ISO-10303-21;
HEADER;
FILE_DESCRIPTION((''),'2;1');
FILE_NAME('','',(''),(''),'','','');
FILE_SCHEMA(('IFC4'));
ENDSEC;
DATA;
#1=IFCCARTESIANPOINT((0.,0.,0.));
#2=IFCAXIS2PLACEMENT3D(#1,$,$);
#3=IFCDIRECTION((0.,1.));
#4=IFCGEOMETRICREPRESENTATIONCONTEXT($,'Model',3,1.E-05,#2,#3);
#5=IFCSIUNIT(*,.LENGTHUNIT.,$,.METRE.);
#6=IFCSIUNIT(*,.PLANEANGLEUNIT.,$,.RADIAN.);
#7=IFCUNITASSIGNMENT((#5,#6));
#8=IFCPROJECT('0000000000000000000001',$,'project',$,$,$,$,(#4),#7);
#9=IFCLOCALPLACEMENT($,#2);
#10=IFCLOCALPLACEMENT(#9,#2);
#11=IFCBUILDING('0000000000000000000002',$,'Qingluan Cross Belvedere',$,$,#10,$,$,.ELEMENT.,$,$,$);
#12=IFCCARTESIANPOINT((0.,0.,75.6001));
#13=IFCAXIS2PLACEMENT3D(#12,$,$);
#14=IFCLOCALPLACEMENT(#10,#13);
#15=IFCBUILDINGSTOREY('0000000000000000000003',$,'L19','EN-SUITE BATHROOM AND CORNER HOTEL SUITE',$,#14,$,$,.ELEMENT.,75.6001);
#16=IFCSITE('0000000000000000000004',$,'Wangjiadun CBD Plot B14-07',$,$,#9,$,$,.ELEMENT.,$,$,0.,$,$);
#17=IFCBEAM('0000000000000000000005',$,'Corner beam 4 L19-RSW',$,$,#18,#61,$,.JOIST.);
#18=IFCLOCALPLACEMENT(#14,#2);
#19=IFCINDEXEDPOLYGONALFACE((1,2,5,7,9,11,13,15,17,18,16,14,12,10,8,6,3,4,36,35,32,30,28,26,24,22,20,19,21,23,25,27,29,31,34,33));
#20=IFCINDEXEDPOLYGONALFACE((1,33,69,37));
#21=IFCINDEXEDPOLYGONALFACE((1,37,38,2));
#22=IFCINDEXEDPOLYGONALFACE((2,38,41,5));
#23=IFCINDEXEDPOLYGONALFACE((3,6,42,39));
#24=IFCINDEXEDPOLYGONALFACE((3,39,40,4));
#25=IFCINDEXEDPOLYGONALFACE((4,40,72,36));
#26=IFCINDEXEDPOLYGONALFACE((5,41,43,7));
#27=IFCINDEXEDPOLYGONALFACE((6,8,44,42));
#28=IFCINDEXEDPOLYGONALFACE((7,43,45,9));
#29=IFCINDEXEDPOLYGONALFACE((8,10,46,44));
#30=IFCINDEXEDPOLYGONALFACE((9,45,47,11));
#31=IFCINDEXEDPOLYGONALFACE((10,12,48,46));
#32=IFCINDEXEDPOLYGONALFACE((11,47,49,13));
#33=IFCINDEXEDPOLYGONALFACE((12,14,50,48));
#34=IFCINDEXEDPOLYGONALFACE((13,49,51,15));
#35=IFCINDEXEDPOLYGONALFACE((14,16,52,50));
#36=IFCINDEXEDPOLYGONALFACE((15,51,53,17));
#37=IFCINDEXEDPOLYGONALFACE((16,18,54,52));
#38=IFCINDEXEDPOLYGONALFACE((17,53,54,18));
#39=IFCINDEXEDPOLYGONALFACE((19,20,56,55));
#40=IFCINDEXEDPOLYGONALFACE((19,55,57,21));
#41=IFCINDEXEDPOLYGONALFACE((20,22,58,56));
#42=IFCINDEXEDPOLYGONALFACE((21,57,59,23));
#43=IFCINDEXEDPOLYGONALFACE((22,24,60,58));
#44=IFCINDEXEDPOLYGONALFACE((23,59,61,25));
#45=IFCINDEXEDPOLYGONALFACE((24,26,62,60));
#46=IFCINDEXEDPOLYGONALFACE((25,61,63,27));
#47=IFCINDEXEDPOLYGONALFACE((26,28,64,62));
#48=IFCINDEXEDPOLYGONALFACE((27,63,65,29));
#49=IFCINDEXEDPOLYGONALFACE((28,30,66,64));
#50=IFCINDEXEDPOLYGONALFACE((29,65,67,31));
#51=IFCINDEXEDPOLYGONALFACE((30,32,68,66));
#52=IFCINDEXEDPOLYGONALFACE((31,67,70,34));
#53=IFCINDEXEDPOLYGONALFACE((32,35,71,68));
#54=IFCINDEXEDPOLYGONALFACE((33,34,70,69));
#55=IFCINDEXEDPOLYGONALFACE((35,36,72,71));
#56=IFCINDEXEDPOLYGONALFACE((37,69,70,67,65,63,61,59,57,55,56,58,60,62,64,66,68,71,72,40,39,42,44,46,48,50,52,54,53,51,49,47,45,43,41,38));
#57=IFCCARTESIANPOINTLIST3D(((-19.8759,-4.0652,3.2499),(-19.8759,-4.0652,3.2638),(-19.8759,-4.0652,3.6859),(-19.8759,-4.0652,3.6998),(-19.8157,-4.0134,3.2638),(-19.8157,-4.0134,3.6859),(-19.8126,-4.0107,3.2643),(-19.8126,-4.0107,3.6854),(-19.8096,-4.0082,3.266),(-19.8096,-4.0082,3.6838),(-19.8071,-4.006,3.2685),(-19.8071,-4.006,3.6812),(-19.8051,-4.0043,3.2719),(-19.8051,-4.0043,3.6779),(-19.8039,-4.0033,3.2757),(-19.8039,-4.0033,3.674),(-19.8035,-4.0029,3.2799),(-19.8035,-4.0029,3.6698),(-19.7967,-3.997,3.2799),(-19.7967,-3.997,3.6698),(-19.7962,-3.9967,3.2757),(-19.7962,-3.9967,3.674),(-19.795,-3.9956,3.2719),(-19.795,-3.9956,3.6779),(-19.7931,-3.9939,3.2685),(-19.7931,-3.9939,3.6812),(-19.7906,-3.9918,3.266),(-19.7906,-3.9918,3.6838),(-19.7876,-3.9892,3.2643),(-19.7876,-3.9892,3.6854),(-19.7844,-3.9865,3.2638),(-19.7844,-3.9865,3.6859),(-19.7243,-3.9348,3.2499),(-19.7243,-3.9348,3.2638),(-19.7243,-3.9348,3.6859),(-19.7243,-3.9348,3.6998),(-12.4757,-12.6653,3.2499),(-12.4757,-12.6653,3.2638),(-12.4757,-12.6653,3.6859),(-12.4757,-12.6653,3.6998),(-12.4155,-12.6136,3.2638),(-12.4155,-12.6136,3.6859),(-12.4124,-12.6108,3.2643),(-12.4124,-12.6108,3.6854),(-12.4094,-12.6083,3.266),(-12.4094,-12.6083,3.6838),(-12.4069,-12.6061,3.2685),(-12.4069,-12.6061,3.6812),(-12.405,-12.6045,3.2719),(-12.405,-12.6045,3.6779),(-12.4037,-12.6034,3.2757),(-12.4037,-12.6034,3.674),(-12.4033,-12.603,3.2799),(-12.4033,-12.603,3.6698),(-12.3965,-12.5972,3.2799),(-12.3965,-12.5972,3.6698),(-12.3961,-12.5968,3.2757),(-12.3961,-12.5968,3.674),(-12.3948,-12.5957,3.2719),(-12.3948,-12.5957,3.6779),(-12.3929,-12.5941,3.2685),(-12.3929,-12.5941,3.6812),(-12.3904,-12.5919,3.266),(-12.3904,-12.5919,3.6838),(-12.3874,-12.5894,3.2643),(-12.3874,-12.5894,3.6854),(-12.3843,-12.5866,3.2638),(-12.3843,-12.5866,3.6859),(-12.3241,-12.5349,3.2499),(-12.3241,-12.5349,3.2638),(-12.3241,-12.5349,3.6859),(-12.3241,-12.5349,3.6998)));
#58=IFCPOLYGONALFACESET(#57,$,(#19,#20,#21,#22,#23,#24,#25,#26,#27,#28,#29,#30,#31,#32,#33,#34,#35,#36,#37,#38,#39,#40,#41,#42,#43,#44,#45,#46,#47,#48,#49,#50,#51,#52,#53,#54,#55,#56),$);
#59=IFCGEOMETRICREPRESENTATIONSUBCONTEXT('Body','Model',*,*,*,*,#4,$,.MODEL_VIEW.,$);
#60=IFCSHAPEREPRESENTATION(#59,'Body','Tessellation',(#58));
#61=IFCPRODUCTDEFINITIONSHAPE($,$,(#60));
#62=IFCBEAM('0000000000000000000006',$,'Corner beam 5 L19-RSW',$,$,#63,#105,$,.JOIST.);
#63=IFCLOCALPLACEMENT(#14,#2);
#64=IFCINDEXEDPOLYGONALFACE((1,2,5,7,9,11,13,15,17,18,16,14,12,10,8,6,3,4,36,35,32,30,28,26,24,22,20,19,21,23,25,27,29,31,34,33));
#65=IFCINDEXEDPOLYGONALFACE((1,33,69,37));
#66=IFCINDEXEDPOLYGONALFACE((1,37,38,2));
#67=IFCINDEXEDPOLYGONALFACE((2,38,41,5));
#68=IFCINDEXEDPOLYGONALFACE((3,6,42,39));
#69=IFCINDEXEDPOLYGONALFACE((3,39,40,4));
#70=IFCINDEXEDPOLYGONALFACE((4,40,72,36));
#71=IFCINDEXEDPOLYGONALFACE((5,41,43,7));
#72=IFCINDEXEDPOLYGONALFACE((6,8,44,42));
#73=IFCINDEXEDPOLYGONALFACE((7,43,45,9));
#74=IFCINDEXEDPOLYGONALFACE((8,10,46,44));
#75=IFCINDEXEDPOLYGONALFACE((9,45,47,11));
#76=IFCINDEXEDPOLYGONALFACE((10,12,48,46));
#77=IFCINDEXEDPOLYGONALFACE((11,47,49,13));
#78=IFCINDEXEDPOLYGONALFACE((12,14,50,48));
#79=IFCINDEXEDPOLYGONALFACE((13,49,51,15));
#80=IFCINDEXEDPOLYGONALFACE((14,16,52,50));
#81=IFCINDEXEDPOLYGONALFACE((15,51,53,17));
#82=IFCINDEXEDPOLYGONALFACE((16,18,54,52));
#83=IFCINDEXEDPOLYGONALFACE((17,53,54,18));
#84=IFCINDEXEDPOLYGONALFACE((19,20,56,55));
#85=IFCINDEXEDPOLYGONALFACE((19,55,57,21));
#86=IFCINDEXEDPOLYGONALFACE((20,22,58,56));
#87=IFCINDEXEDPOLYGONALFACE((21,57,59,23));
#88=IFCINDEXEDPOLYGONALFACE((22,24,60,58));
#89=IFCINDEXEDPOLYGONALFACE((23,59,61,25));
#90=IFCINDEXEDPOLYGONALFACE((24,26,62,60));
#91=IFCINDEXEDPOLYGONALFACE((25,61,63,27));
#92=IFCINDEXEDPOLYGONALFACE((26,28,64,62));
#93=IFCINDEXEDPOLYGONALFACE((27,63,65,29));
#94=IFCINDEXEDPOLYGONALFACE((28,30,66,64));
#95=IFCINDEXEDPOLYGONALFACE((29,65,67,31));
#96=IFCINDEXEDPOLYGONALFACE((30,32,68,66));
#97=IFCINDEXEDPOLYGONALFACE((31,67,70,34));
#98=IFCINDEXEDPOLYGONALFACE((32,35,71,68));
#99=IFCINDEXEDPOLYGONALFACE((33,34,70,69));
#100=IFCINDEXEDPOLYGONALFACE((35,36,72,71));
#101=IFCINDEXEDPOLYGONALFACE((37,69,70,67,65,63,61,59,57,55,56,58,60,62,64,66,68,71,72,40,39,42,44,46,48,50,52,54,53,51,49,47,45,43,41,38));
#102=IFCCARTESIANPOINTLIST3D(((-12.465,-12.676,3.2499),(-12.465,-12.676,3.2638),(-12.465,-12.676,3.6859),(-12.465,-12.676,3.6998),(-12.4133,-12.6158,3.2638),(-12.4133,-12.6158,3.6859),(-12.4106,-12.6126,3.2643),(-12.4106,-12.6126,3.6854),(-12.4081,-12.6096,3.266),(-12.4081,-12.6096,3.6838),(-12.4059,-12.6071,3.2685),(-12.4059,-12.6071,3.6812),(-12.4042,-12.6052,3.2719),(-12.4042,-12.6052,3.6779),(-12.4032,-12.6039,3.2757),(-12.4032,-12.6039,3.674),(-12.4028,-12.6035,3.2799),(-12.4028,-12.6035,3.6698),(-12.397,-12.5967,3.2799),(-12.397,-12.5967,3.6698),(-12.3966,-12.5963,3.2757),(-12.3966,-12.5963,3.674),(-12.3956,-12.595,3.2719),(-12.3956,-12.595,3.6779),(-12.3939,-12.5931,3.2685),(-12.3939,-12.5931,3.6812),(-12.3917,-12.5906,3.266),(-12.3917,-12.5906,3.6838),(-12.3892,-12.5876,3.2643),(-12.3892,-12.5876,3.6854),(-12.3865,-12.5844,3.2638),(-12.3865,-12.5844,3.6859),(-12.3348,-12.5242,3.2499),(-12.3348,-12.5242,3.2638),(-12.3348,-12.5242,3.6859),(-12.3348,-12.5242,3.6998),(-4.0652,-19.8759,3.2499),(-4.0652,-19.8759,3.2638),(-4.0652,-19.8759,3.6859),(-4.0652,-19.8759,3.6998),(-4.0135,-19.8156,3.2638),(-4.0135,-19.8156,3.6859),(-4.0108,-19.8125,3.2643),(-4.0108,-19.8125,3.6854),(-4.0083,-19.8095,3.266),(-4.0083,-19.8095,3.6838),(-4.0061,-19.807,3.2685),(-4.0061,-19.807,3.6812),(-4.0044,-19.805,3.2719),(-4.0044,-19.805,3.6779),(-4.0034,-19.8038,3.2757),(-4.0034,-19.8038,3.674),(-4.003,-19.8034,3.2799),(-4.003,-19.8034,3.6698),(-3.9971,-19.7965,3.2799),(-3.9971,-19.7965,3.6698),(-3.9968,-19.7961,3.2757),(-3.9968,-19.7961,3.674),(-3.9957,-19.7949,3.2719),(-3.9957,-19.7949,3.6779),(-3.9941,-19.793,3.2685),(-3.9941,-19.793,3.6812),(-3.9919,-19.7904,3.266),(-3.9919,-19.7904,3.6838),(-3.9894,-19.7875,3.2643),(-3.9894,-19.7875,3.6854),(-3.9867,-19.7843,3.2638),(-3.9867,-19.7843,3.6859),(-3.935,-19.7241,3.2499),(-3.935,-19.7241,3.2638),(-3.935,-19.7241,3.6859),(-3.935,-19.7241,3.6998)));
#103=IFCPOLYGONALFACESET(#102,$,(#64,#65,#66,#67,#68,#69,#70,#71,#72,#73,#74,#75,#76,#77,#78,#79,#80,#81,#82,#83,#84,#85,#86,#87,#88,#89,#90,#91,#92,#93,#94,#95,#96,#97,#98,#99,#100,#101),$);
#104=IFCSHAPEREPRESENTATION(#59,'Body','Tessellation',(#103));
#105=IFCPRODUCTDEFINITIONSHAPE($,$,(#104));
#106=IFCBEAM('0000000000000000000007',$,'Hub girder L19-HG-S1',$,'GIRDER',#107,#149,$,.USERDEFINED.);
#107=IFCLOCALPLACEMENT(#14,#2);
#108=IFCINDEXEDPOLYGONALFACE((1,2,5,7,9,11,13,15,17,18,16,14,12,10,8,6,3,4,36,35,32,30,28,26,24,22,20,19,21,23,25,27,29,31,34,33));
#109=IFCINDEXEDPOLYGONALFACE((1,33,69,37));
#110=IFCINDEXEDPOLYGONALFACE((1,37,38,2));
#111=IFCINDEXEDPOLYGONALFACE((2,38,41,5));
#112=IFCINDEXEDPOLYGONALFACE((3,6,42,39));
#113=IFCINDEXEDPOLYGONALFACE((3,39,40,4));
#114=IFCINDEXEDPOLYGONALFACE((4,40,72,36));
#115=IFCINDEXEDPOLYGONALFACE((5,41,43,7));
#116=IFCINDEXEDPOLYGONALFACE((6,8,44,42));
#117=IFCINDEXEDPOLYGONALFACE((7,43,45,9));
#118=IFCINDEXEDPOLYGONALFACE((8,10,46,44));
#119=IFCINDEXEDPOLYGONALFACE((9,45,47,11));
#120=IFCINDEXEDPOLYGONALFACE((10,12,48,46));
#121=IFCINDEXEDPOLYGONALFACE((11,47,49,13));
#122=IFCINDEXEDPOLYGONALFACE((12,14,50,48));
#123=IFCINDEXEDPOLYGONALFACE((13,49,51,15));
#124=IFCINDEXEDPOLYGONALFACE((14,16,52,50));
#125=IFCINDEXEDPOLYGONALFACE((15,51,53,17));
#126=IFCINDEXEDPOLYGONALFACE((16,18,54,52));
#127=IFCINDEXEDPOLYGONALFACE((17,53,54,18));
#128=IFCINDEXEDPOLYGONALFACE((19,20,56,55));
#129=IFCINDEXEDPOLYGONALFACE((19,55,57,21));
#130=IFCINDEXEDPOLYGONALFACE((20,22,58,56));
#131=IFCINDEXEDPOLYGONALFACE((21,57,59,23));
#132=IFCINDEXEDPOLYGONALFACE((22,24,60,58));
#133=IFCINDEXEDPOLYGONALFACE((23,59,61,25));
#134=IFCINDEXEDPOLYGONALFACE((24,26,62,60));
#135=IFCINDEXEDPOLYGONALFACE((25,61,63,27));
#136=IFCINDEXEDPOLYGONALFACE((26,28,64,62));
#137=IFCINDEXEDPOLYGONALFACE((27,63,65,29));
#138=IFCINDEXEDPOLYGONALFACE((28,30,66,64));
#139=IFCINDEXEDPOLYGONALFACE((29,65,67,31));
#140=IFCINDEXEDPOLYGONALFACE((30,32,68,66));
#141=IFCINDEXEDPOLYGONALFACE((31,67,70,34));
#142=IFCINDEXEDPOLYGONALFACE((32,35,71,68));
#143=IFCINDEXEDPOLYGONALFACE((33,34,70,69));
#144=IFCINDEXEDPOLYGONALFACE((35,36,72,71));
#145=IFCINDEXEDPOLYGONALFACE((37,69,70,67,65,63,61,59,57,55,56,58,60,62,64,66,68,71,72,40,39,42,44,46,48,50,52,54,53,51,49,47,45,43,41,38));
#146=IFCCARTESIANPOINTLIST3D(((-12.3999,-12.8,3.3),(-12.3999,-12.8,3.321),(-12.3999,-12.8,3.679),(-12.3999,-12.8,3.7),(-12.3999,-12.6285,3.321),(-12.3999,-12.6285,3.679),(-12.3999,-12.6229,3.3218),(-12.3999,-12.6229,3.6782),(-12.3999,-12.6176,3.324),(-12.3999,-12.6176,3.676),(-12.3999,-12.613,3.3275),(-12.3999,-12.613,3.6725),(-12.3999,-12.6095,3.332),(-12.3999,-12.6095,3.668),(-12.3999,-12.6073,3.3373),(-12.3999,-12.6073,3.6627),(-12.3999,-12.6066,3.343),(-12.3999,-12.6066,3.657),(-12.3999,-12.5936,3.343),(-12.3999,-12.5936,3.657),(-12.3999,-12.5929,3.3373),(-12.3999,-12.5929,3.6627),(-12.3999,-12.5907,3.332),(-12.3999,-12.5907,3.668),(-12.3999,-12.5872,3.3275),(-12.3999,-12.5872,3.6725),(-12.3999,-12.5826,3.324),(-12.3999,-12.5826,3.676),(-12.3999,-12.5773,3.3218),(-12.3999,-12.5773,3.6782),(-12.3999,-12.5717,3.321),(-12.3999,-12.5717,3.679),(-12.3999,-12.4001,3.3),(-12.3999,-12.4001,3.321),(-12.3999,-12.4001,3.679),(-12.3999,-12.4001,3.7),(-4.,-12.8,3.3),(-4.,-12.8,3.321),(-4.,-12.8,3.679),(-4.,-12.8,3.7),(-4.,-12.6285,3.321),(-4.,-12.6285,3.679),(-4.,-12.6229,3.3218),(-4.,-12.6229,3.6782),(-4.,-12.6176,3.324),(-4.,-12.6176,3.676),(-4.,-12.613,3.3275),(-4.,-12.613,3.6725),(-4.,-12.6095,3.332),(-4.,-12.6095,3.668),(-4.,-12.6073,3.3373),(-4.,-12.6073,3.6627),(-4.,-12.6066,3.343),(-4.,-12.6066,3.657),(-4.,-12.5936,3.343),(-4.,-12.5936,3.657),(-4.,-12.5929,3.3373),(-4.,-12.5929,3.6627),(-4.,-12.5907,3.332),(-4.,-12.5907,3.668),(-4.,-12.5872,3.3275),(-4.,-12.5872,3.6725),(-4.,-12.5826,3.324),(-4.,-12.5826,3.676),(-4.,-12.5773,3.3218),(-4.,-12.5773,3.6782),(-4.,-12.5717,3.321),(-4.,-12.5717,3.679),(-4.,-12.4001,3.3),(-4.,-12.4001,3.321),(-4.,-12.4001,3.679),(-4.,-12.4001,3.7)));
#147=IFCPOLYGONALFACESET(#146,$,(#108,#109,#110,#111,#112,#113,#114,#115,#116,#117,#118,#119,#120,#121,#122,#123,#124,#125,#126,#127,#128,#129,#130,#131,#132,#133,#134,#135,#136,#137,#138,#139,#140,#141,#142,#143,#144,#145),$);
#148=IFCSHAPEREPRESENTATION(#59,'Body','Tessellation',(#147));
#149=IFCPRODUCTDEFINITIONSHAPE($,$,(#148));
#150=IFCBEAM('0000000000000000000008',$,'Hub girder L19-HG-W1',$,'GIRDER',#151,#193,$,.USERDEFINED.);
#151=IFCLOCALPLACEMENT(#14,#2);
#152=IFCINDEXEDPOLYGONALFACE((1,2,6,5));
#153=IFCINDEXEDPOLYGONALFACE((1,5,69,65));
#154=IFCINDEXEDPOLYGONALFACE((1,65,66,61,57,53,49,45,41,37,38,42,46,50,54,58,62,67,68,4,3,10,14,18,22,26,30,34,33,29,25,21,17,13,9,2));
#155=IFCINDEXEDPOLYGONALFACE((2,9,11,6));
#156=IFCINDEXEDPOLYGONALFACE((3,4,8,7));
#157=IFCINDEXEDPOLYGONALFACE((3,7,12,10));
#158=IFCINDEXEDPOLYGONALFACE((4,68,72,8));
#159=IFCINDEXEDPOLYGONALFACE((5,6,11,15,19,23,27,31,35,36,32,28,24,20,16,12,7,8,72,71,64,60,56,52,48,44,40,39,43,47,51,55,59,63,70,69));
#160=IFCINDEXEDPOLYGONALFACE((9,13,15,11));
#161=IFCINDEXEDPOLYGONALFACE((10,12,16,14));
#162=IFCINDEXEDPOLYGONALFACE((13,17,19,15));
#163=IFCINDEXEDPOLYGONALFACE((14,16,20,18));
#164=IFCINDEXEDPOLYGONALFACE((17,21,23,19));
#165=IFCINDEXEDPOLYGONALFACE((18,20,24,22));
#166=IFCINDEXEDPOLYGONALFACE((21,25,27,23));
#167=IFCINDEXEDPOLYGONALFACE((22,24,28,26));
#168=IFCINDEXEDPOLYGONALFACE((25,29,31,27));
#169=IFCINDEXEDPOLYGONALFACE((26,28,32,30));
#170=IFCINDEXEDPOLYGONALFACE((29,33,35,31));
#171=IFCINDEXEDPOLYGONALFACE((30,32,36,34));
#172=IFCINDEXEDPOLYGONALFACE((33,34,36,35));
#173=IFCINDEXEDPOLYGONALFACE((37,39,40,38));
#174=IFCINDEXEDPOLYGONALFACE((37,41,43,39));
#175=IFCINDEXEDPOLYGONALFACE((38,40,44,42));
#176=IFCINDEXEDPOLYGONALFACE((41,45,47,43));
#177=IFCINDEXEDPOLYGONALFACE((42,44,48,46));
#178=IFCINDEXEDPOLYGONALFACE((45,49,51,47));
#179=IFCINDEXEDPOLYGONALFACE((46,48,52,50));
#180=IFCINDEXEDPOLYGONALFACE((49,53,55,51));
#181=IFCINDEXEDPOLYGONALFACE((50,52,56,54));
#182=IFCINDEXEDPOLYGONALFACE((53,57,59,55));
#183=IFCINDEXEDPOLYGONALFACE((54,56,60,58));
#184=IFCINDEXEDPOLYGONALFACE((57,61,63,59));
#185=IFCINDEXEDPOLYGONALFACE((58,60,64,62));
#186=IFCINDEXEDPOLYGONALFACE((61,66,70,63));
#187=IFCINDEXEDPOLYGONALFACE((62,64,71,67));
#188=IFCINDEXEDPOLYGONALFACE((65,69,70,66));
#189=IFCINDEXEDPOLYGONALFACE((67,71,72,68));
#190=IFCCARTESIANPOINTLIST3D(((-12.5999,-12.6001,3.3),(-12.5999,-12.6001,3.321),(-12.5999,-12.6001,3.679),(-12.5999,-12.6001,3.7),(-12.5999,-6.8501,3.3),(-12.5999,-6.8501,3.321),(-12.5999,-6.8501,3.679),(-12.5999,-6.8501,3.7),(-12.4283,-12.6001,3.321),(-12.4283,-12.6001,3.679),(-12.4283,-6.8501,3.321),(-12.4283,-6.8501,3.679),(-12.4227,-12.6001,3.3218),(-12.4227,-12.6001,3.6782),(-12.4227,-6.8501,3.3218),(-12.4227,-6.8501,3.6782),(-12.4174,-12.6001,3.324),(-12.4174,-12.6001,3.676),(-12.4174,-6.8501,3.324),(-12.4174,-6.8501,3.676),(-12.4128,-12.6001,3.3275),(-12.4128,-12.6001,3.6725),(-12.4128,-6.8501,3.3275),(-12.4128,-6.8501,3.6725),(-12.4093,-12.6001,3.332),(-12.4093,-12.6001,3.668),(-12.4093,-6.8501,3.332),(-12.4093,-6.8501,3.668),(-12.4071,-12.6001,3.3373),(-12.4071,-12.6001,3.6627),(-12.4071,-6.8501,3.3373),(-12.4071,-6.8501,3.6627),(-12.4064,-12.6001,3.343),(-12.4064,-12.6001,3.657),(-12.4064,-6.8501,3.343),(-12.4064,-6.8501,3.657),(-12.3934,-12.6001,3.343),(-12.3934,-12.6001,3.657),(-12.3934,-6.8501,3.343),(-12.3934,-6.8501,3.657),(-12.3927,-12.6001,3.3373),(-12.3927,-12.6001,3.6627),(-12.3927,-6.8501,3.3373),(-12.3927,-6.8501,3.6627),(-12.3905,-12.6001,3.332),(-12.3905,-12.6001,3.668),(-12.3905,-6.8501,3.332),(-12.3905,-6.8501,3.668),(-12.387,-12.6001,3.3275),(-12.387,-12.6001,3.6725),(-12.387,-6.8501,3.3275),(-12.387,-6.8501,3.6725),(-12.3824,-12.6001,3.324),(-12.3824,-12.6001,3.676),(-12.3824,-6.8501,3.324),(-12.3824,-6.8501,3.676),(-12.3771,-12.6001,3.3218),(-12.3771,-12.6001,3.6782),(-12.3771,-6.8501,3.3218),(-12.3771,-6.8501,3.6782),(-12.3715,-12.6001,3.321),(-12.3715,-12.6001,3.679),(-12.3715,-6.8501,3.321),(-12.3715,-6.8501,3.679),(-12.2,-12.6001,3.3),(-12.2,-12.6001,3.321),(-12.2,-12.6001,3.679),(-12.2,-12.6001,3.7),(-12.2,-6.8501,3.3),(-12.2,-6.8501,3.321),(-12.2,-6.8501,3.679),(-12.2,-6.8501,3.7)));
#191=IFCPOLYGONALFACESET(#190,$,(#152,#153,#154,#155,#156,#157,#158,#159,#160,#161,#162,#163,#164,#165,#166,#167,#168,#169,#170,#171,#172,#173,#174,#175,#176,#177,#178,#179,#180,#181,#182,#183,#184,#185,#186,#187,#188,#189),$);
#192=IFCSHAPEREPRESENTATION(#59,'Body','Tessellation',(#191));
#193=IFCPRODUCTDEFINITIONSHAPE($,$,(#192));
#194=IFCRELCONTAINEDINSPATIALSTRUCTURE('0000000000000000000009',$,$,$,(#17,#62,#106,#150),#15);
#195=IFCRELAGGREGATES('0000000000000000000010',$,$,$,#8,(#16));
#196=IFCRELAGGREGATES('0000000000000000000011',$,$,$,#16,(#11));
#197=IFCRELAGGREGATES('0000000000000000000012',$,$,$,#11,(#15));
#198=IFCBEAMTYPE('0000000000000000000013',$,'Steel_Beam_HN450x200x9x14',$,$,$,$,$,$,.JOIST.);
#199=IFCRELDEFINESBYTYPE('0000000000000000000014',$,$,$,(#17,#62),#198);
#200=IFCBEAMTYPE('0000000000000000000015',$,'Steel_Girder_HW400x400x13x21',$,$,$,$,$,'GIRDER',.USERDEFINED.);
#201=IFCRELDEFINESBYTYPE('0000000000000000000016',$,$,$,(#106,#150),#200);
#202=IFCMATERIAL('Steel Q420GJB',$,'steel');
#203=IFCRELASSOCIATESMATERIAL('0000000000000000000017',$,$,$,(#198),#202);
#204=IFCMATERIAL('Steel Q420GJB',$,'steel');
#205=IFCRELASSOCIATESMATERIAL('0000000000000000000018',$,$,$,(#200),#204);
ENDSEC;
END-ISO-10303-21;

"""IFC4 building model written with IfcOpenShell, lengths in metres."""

from ifc_helpers import new_model, si_unit, direction, frame, origin, origin_2d, place, context, subcontext, project, spatial, i_section, extrude, material, material_profile, profile_set, type_object, element, save


model = new_model("IFC4")

# Units and contexts
model_context = context("Model", 3, precision=1e-05, world=origin(), true_north=direction((0.0, 1.0)))
body_context = subcontext(model_context, "Body", "Model", "MODEL_VIEW")
ifc_project = project(units=[si_unit("LENGTHUNIT", "METRE"), si_unit("PLANEANGLEUNIT", "RADIAN")], contexts=[model_context])

# Site, building, storey
site_placement = place(None, origin())
site = spatial("IfcSite", under=ifc_project, at=site_placement, Name="Wangjiadun CBD Plot B14-07", CompositionType="ELEMENT", RefElevation=0.0)
building_placement = place(site_placement, origin())
building = spatial("IfcBuilding", under=site, at=building_placement, Name="Qingluan Cross Belvedere", CompositionType="ELEMENT")
storey_placement = place(building_placement, frame((0.0, 0.0, 75.6001)))
storey = spatial("IfcBuildingStorey", under=building, at=storey_placement, Name="L19", Description="EN-SUITE BATHROOM AND CORNER HOTEL SUITE", CompositionType="ELEMENT", Elevation=75.6001)

# Beams
ifc_material_1 = material(Name="Steel Q420GJB", Category="steel")
ifc_material_profile_1 = material_profile(ifc_material_1, i_section(OverallWidth=0.2, OverallDepth=0.45, WebThickness=0.009, FlangeThickness=0.0139, FilletRadius=0.0161, at=origin_2d()), Name="HN450x200x9x14")
ifc_profile_set_1 = profile_set([ifc_material_profile_1], Name="Steel Q420GJB")
beam_type_1 = type_object("IfcBeamType", Name="Steel_Beam_HN450x200x9x14", PredefinedType="JOIST", material=ifc_profile_set_1)
beam_1_placement = place(storey_placement, frame((-12.3999, -12.6001, 3.4749), z_axis=(-0.652245, 0.758008, 0.0), x_axis=(-0.758008, -0.652245, 0.0)))
element("IfcBeam", 1, at=beam_1_placement, inside=storey, type_object=beam_type_1, Name="Corner beam 4 L19-RSW", PredefinedType="JOIST", context=body_context, shape_type="SweptSolid", body=[
    extrude(i_section(OverallWidth=0.2, OverallDepth=0.45, WebThickness=0.009, FlangeThickness=0.0139, FilletRadius=0.0161, at=origin_2d()), origin(), (0.0, 0.0, 1.0), 11.3457),
])
beam_2_placement = place(storey_placement, frame((-12.3999, -12.6001, 3.4749), z_axis=(0.759255, -0.650793, 0.0), x_axis=(0.650793, 0.759255, 0.0)))
element("IfcBeam", 2, at=beam_2_placement, inside=storey, type_object=beam_type_1, Name="Corner beam 5 L19-RSW", PredefinedType="JOIST", context=body_context, shape_type="SweptSolid", body=[
    extrude(i_section(OverallWidth=0.2, OverallDepth=0.45, WebThickness=0.009, FlangeThickness=0.0139, FilletRadius=0.0161, at=origin_2d()), origin(), (0.0, 0.0, 1.0), 11.0632),
])
ifc_material_2 = material(Name="Steel Q420GJB", Category="steel")
ifc_material_profile_2 = material_profile(ifc_material_2, i_section(OverallWidth=0.3999, OverallDepth=0.3999, WebThickness=0.0129, FlangeThickness=0.021, FilletRadius=0.022, at=origin_2d()), Name="HW400x400x13x21")
ifc_profile_set_2 = profile_set([ifc_material_profile_2], Name="Steel Q420GJB")
beam_type_2 = type_object("IfcBeamType", Name="Steel_Girder_HW400x400x13x21", ElementType="GIRDER", PredefinedType="USERDEFINED", material=ifc_profile_set_2)
beam_3_placement = place(storey_placement, frame((-12.3999, -12.6001, 3.5), z_axis=(1.0, 0.0, 0.0), x_axis=(0.0, 1.0, 0.0)))
element("IfcBeam", 3, at=beam_3_placement, inside=storey, type_object=beam_type_2, Name="Hub girder L19-HG-S1", ObjectType="GIRDER", PredefinedType="USERDEFINED", context=body_context, shape_type="SweptSolid", body=[
    extrude(i_section(OverallWidth=0.3999, OverallDepth=0.3999, WebThickness=0.0129, FlangeThickness=0.021, FilletRadius=0.022, at=origin_2d()), origin(), (0.0, 0.0, 1.0), 8.3999),
])
beam_4_placement = place(storey_placement, frame((-12.3999, -12.6001, 3.5), z_axis=(0.0, 1.0, 0.0), x_axis=(-1.0, 0.0, 0.0)))
element("IfcBeam", 4, at=beam_4_placement, inside=storey, type_object=beam_type_2, Name="Hub girder L19-HG-W1", ObjectType="GIRDER", PredefinedType="USERDEFINED", context=body_context, shape_type="SweptSolid", body=[
    extrude(i_section(OverallWidth=0.3999, OverallDepth=0.3999, WebThickness=0.0129, FlangeThickness=0.021, FilletRadius=0.022, at=origin_2d()), origin(), (0.0, 0.0, 1.0), 5.75),
])

save(model, "model.ifc")
